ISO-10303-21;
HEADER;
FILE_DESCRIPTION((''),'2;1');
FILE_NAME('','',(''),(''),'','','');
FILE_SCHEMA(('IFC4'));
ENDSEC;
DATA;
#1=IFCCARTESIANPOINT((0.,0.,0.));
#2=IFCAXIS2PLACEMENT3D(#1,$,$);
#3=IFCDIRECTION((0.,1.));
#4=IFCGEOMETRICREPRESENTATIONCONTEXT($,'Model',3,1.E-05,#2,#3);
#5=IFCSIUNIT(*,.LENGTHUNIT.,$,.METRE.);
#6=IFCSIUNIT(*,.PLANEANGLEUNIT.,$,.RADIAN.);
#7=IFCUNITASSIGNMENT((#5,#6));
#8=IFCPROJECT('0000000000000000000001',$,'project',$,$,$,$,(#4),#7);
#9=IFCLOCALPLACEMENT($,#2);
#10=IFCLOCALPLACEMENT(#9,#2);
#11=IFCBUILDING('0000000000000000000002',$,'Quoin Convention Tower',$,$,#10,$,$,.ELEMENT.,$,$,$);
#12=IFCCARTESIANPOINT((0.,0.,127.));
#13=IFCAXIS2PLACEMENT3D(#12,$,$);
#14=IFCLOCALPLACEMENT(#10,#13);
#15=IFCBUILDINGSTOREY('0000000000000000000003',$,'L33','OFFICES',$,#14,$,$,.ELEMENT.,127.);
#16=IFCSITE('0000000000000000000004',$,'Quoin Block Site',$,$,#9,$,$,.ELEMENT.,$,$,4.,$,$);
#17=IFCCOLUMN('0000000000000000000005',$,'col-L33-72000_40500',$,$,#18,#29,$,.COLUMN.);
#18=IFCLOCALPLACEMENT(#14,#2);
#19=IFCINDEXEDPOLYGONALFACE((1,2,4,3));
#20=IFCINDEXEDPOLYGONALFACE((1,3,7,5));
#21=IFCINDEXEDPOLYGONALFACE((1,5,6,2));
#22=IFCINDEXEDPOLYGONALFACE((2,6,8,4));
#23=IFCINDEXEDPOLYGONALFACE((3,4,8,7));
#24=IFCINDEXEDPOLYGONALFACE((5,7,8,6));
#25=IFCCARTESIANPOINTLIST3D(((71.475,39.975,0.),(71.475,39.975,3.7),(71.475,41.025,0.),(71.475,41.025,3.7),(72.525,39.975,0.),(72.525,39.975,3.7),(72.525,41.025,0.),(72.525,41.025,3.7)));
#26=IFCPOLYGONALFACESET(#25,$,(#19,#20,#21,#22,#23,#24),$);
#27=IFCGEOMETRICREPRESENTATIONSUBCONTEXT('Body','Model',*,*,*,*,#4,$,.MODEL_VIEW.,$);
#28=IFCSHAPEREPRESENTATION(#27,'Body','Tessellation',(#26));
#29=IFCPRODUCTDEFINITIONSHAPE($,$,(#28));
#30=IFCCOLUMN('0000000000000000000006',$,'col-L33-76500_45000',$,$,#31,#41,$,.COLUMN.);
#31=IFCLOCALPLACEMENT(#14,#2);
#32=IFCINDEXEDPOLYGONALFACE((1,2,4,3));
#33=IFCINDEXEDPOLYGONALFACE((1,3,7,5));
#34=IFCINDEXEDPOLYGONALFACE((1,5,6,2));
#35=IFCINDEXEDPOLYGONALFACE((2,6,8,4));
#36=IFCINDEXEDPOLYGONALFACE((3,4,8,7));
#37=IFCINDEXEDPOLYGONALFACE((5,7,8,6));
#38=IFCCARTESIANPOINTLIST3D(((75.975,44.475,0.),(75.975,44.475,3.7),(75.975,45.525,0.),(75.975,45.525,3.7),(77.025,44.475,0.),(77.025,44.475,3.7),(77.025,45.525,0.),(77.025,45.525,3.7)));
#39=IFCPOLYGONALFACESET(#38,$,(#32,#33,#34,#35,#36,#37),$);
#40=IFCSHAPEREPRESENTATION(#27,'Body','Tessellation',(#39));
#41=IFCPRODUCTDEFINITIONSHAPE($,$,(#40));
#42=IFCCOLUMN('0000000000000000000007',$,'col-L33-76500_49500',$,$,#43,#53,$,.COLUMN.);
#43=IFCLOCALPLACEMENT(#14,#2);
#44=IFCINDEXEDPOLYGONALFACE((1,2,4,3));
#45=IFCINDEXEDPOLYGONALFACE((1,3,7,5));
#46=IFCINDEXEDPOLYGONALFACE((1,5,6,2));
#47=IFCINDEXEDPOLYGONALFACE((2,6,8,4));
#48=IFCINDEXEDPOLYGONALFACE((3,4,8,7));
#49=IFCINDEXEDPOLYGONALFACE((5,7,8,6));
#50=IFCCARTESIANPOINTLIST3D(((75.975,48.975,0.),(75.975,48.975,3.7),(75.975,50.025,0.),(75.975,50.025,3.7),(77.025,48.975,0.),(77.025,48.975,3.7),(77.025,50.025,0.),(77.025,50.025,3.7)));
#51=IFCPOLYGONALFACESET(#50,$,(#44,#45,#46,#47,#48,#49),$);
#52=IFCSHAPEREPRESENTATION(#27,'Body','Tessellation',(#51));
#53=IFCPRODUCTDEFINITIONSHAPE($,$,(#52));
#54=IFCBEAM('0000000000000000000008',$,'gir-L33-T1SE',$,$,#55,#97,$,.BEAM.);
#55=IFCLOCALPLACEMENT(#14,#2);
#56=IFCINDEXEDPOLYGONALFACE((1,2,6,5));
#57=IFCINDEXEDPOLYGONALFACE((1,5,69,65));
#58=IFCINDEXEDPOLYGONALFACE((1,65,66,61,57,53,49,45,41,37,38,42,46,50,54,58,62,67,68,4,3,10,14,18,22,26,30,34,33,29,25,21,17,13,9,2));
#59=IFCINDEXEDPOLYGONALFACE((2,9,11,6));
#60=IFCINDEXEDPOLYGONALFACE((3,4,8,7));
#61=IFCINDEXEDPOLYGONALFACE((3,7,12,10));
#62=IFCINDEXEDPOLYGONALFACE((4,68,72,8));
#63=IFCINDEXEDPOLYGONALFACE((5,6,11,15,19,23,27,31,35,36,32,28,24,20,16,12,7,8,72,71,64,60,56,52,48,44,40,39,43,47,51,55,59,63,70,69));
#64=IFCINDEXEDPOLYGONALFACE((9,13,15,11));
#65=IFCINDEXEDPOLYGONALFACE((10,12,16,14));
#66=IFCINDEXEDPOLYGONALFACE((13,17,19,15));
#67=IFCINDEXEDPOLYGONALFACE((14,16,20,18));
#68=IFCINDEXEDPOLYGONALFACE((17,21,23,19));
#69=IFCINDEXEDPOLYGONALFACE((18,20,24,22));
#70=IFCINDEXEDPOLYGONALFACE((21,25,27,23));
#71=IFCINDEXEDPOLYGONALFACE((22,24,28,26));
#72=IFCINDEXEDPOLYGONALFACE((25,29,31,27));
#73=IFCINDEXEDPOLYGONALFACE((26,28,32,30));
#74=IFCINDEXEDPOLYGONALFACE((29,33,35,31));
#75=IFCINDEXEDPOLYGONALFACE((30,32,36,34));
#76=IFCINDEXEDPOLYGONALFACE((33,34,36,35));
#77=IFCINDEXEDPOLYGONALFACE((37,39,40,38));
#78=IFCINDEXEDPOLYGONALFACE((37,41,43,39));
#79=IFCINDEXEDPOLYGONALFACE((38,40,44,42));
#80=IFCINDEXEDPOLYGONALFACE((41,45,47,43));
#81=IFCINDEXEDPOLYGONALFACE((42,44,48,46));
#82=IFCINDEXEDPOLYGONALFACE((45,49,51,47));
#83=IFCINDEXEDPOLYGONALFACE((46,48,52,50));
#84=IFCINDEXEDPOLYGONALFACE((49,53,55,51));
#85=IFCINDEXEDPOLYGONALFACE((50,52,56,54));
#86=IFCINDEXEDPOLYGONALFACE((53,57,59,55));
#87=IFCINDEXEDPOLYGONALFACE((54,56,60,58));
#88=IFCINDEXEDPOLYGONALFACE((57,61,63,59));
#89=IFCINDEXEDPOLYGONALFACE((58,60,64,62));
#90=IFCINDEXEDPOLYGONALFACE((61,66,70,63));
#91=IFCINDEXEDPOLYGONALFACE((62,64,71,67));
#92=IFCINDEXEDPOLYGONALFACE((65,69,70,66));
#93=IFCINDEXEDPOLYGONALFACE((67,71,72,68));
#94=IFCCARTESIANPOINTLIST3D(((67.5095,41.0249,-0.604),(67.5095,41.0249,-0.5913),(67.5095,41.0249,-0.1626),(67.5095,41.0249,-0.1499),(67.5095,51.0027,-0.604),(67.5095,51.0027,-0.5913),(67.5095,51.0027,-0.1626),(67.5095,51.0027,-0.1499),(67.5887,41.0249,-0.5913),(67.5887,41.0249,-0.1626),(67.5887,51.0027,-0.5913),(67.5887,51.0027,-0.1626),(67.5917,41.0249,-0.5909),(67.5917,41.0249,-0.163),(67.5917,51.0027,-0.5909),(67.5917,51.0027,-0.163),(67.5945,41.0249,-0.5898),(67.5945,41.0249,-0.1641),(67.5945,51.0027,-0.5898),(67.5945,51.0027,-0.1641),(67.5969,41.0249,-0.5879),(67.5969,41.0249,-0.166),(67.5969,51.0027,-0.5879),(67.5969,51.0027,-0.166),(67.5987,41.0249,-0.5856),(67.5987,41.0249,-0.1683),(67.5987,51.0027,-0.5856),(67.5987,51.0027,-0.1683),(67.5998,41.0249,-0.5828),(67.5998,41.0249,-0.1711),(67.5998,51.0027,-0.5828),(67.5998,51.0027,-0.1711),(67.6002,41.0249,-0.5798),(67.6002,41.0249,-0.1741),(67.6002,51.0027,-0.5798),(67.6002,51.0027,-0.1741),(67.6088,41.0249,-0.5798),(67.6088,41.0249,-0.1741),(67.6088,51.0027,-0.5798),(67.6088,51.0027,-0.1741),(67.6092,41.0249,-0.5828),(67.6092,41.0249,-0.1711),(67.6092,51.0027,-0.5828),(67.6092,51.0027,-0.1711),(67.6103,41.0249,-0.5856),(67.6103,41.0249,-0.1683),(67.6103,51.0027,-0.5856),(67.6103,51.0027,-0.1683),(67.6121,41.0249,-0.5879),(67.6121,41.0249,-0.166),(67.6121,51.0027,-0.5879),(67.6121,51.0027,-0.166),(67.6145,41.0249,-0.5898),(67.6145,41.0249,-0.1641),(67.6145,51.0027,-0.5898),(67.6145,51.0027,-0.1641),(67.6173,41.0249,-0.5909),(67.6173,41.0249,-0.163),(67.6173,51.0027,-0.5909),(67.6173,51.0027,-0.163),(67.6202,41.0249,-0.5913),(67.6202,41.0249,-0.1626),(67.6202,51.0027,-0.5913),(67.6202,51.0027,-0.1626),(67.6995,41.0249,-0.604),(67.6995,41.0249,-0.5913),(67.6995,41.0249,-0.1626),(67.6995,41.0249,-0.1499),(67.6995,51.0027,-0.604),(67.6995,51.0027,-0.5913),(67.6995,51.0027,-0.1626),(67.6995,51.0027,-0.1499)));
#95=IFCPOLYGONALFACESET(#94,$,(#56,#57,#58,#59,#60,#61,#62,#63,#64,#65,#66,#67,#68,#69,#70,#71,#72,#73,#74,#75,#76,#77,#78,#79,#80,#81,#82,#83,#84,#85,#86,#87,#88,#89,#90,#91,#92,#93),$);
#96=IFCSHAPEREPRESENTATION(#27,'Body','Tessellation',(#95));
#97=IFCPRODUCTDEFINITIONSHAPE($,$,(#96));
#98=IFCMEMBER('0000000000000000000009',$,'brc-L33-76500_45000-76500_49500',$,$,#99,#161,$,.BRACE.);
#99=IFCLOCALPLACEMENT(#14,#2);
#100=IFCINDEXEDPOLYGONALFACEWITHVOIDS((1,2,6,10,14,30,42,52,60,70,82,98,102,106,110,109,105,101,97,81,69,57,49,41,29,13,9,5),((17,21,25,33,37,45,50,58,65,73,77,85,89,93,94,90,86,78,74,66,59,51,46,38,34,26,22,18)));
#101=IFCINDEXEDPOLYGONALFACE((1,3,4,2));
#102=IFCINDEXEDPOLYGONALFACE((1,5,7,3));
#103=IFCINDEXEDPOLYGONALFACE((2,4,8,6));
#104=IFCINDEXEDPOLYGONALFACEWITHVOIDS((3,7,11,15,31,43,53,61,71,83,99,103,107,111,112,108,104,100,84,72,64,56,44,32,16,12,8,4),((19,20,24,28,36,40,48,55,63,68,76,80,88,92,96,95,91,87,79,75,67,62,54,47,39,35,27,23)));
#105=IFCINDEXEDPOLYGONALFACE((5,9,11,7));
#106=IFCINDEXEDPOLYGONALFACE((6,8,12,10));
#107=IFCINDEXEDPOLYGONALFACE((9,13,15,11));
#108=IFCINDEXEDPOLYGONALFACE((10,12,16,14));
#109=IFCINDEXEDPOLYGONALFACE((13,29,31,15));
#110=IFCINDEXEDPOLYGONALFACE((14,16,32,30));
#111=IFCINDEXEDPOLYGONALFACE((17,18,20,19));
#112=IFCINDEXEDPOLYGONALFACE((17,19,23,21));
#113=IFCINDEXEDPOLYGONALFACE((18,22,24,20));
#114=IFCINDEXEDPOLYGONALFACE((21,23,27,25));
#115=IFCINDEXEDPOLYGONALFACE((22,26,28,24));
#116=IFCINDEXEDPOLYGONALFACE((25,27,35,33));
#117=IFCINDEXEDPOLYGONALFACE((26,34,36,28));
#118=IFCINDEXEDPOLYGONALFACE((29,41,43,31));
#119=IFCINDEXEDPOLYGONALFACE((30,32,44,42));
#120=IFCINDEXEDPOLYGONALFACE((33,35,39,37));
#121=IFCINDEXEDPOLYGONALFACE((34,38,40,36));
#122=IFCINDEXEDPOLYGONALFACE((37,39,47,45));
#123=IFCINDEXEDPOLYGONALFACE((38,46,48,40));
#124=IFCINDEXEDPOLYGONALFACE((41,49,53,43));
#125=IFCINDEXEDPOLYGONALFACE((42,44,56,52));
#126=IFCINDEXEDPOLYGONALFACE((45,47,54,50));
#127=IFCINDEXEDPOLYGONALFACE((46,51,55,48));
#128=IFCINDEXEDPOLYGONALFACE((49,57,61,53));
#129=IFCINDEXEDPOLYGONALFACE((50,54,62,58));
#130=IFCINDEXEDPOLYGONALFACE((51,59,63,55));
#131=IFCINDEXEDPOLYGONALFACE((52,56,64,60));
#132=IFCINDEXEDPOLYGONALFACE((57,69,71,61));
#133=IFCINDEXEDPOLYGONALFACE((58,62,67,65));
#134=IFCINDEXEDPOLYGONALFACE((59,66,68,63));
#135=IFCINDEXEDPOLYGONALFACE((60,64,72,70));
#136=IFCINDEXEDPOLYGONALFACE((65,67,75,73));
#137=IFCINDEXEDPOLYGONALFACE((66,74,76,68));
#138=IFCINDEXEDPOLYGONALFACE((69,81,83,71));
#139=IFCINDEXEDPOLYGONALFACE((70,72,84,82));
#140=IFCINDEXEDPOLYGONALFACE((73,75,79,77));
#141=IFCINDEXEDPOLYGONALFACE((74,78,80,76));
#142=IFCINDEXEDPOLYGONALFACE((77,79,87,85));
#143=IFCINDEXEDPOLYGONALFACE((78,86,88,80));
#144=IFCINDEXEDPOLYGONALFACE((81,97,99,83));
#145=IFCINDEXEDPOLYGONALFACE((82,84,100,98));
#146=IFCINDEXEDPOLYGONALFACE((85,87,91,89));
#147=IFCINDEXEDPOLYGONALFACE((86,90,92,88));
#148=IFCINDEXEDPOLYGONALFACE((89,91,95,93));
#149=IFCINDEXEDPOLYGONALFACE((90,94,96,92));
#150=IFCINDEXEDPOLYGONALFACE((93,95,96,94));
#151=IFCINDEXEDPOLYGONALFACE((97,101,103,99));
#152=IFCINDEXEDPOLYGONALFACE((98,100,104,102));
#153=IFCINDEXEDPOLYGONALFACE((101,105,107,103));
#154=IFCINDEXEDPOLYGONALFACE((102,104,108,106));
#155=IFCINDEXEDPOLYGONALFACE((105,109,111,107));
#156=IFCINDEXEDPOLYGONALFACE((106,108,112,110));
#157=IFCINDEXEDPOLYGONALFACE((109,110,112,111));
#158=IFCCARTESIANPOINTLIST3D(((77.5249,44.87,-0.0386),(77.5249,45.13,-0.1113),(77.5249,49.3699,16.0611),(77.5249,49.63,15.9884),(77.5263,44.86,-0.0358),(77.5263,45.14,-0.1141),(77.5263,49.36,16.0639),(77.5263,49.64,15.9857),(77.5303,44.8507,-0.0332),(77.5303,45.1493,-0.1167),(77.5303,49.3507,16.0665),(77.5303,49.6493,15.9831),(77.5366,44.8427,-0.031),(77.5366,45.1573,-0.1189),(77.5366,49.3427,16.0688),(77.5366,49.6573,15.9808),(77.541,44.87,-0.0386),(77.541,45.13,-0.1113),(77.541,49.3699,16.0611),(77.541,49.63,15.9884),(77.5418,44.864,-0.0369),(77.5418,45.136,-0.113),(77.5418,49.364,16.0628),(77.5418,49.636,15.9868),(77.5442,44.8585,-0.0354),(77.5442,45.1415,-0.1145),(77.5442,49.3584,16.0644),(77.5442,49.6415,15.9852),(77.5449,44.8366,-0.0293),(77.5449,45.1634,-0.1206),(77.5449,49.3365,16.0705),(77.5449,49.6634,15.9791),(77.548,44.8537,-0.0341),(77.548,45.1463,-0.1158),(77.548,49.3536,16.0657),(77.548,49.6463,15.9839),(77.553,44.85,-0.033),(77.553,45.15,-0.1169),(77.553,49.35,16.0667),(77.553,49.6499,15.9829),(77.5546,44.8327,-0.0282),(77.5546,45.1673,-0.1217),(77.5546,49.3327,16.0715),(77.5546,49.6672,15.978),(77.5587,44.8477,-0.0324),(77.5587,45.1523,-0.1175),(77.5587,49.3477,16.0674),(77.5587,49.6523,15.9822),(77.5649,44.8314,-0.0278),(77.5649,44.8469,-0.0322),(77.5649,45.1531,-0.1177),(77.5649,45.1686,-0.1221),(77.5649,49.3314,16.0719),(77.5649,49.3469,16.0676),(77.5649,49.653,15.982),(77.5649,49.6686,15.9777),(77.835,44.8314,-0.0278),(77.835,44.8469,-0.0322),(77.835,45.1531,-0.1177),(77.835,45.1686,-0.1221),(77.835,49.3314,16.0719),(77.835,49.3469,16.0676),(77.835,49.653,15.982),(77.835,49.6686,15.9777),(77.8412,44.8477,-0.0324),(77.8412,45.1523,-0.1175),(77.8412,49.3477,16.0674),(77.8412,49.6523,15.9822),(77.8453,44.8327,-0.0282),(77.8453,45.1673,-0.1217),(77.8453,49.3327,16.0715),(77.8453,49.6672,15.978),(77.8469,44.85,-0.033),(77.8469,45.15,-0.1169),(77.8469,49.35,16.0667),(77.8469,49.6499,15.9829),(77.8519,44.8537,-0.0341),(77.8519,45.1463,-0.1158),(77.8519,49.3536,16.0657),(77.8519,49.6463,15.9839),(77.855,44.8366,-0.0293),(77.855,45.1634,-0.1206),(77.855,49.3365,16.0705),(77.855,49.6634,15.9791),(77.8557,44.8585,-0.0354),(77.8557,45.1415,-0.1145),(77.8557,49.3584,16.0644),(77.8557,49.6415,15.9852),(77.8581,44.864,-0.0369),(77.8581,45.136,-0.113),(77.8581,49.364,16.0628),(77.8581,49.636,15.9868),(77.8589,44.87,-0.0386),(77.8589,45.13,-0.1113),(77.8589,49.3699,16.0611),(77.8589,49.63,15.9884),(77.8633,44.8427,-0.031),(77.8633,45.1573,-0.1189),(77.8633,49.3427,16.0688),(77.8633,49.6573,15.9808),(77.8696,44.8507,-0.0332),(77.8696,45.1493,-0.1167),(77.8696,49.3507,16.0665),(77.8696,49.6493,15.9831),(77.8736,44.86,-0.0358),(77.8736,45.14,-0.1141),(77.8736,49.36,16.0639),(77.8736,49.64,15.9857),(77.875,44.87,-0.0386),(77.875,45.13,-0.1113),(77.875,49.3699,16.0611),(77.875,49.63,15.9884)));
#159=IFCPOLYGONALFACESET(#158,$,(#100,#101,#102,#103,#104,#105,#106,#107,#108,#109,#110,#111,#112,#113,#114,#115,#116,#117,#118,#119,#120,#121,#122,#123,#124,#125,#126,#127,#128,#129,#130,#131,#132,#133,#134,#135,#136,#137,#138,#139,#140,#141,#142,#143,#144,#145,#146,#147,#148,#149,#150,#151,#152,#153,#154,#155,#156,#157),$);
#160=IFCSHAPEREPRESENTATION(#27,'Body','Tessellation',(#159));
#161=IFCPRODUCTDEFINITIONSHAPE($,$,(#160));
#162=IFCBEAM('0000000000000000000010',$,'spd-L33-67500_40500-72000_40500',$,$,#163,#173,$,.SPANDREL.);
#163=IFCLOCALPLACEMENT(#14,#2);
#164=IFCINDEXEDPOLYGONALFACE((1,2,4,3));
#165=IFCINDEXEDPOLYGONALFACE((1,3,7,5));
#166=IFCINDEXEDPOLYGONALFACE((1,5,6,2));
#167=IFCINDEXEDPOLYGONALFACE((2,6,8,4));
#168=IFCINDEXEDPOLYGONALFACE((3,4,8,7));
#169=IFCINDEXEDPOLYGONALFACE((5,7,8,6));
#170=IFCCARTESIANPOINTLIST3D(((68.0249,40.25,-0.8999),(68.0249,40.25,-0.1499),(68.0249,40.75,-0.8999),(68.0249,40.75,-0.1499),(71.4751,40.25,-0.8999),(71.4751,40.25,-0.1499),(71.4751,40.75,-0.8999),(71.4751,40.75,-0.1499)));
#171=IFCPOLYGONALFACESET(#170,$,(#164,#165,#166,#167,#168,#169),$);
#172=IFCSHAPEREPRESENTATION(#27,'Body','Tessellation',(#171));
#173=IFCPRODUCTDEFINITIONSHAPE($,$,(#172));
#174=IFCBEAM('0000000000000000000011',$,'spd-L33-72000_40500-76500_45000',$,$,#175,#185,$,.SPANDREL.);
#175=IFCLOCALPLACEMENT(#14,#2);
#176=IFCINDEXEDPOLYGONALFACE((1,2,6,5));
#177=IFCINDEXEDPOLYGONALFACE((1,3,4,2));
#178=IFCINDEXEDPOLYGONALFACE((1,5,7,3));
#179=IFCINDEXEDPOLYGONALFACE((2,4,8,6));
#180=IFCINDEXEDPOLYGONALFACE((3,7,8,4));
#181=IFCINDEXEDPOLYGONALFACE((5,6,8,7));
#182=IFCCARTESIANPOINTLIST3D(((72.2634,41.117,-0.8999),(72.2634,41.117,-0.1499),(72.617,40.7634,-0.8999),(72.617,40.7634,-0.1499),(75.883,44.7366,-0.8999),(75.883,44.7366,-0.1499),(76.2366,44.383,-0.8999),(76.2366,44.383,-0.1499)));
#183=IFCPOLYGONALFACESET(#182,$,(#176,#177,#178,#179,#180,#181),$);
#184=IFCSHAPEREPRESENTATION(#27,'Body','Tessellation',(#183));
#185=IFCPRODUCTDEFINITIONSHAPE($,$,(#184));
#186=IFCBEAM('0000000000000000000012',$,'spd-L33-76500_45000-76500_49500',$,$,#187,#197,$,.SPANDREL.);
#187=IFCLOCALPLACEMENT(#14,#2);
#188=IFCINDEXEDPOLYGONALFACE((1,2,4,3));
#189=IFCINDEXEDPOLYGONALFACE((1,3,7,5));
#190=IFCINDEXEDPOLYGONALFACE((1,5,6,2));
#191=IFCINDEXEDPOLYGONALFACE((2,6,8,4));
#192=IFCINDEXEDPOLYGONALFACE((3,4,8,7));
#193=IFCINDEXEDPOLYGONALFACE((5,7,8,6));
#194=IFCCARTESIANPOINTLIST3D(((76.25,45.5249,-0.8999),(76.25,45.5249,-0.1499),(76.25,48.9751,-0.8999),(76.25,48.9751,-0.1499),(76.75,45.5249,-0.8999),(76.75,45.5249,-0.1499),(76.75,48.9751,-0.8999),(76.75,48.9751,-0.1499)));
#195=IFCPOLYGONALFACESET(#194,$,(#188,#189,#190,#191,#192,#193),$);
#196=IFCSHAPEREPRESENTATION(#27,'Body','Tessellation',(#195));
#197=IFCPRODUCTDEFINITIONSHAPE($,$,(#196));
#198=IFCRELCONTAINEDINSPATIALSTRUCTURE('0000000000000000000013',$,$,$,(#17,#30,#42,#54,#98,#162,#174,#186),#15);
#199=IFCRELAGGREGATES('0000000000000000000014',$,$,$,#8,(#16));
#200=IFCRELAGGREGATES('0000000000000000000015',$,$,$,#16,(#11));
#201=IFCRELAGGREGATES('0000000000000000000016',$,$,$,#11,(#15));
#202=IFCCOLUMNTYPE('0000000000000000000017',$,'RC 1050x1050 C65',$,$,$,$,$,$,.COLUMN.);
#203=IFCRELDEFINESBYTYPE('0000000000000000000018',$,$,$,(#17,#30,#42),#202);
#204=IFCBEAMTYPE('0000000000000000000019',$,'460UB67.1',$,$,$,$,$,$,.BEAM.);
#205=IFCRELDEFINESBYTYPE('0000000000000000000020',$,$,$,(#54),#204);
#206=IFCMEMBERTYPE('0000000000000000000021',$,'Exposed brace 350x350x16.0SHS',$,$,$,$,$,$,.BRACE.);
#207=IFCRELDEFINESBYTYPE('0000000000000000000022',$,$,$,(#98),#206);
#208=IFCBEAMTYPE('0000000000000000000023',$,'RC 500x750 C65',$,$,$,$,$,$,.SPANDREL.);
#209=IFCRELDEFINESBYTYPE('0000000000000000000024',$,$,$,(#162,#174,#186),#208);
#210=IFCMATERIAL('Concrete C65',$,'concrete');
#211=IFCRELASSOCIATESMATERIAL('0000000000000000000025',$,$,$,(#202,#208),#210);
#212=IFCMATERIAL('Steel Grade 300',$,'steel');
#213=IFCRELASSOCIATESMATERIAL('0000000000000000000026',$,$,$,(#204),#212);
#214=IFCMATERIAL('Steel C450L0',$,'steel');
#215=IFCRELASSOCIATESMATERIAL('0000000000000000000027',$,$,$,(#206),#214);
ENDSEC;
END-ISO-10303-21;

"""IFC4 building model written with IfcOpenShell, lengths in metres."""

from ifc_helpers import new_model, si_unit, direction, frame, origin, origin_2d, place, context, subcontext, project, spatial, rectangle, hollow_rectangle, i_section, extrude, material, material_profile, profile_set, type_object, element, save


model = new_model("IFC4")

# Units and contexts
model_context = context("Model", 3, precision=1e-05, world=origin(), true_north=direction((0.0, 1.0)))
body_context = subcontext(model_context, "Body", "Model", "MODEL_VIEW")
ifc_project = project(units=[si_unit("LENGTHUNIT", "METRE"), si_unit("PLANEANGLEUNIT", "RADIAN")], contexts=[model_context])

# Site, building, storey
site_placement = place(None, origin())
site = spatial("IfcSite", under=ifc_project, at=site_placement, Name="Quoin Block Site", CompositionType="ELEMENT", RefElevation=4.0)
building_placement = place(site_placement, origin())
building = spatial("IfcBuilding", under=site, at=building_placement, Name="Quoin Convention Tower", CompositionType="ELEMENT")
storey_placement = place(building_placement, frame((0.0, 0.0, 127.0)))
storey = spatial("IfcBuildingStorey", under=building, at=storey_placement, Name="L33", Description="OFFICES", CompositionType="ELEMENT", Elevation=127.0)

# Columns
ifc_material_1 = material(Name="Concrete C65", Category="concrete")
ifc_material_profile_1 = material_profile(ifc_material_1, rectangle(XDim=1.05, YDim=1.05, at=origin_2d()), Name="RC 1050x1050")
ifc_profile_set_1 = profile_set([ifc_material_profile_1], Name="Concrete C65")
column_type = type_object("IfcColumnType", Name="RC 1050x1050 C65", PredefinedType="COLUMN", material=ifc_profile_set_1)
for number, where, z_axis, x_axis, name in (
    (1, (72.0, 40.5, 0.0), (0.0, 0.0, 1.0), (1.0, 0.0, 0.0), "col-L33-72000_40500"),
    (2, (76.5, 45.0, 0.0), (0.0, 0.0, 1.0), (1.0, 0.0, 0.0), "col-L33-76500_45000"),
    (3, (76.5, 49.5, 0.0), (0.0, 0.0, 1.0), (1.0, 0.0, 0.0), "col-L33-76500_49500"),
):
    element("IfcColumn", number, at=place(storey_placement, frame(where, z_axis=z_axis, x_axis=x_axis)), inside=storey, type_object=column_type, Name=name, PredefinedType="COLUMN", context=body_context, shape_type="SweptSolid", body=[
        extrude(rectangle(XDim=1.05, YDim=1.05, at=origin_2d()), origin(), (0.0, 0.0, 1.0), 3.7),
    ])

# Beam
ifc_material_2 = material(Name="Steel Grade 300", Category="steel")
ifc_material_profile_2 = material_profile(ifc_material_2, i_section(OverallWidth=0.1899, OverallDepth=0.4541, WebThickness=0.0085, FlangeThickness=0.0127, FilletRadius=0.0115, at=origin_2d()), Name="460UB67.1")
ifc_profile_set_2 = profile_set([ifc_material_profile_2], Name="Steel Grade 300")
beam_type_1 = type_object("IfcBeamType", Name="460UB67.1", PredefinedType="BEAM", material=ifc_profile_set_2)
beam_1_placement = place(storey_placement, frame((67.6045, 41.0249, -0.377), z_axis=(0.0, 1.0, 0.0), x_axis=(-1.0, 0.0, 0.0)))
element("IfcBeam", 4, at=beam_1_placement, inside=storey, type_object=beam_type_1, Name="gir-L33-T1SE", PredefinedType="BEAM", context=body_context, shape_type="SweptSolid", body=[
    extrude(i_section(OverallWidth=0.1899, OverallDepth=0.4541, WebThickness=0.0085, FlangeThickness=0.0127, FilletRadius=0.0115, at=origin_2d()), origin(), (0.0, 0.0, 1.0), 9.9778),
])

# Member
ifc_material_3 = material(Name="Steel C450L0", Category="steel")
ifc_material_profile_3 = material_profile(ifc_material_3, hollow_rectangle(XDim=0.3501, YDim=0.3501, WallThickness=0.0161, InnerFilletRadius=0.0239, OuterFilletRadius=0.04, at=origin_2d()), Name="350x350x16.0SHS")
ifc_profile_set_3 = profile_set([ifc_material_profile_3], Name="Steel C450L0")
member_type = type_object("IfcMemberType", Name="Exposed brace 350x350x16.0SHS", PredefinedType="BRACE", material=ifc_profile_set_3)
member_placement = place(storey_placement, frame((77.7, 45.0, -0.075), z_axis=(0.0, 0.269188, 0.963088), x_axis=(-1.0, 0.0, 0.0)))
element("IfcMember", 5, at=member_placement, inside=storey, type_object=member_type, Name="brc-L33-76500_45000-76500_49500", PredefinedType="BRACE", context=body_context, shape_type="SweptSolid", body=[
    extrude(hollow_rectangle(XDim=0.3501, YDim=0.3501, WallThickness=0.0161, InnerFilletRadius=0.0239, OuterFilletRadius=0.04, at=origin_2d()), origin(), (0.0, 0.0, 1.0), 16.7168),
])

# Beams
ifc_material_profile_4 = material_profile(ifc_material_1, rectangle(XDim=0.5, YDim=0.75, at=origin_2d()), Name="RC 500x750")
ifc_profile_set_4 = profile_set([ifc_material_profile_4], Name="Concrete C65")
beam_type_2 = type_object("IfcBeamType", Name="RC 500x750 C65", PredefinedType="SPANDREL", material=ifc_profile_set_4)
beam_2_placement = place(storey_placement, frame((68.0249, 40.5, -0.5249), z_axis=(1.0, 0.0, 0.0), x_axis=(0.0, 1.0, 0.0)))
element("IfcBeam", 6, at=beam_2_placement, inside=storey, type_object=beam_type_2, Name="spd-L33-67500_40500-72000_40500", PredefinedType="SPANDREL", context=body_context, shape_type="SweptSolid", body=[
    extrude(rectangle(XDim=0.5, YDim=0.75, at=origin_2d()), origin(), (0.0, 0.0, 1.0), 3.4502),
])
beam_3_placement = place(storey_placement, frame((72.4402, 40.9402, -0.5249), z_axis=(0.707107, 0.707107, 0.0), x_axis=(-0.707107, 0.707107, 0.0)))
element("IfcBeam", 7, at=beam_3_placement, inside=storey, type_object=beam_type_2, Name="spd-L33-72000_40500-76500_45000", PredefinedType="SPANDREL", context=body_context, shape_type="SweptSolid", body=[
    extrude(rectangle(XDim=0.5, YDim=0.75, at=origin_2d()), origin(), (0.0, 0.0, 1.0), 5.1189),
])
beam_4_placement = place(storey_placement, frame((76.5, 45.5249, -0.5249), z_axis=(0.0, 1.0, 0.0), x_axis=(-1.0, 0.0, 0.0)))
element("IfcBeam", 8, at=beam_4_placement, inside=storey, type_object=beam_type_2, Name="spd-L33-76500_45000-76500_49500", PredefinedType="SPANDREL", context=body_context, shape_type="SweptSolid", body=[
    extrude(rectangle(XDim=0.5, YDim=0.75, at=origin_2d()), origin(), (0.0, 0.0, 1.0), 3.4502),
])

save(model, "model.ifc")
